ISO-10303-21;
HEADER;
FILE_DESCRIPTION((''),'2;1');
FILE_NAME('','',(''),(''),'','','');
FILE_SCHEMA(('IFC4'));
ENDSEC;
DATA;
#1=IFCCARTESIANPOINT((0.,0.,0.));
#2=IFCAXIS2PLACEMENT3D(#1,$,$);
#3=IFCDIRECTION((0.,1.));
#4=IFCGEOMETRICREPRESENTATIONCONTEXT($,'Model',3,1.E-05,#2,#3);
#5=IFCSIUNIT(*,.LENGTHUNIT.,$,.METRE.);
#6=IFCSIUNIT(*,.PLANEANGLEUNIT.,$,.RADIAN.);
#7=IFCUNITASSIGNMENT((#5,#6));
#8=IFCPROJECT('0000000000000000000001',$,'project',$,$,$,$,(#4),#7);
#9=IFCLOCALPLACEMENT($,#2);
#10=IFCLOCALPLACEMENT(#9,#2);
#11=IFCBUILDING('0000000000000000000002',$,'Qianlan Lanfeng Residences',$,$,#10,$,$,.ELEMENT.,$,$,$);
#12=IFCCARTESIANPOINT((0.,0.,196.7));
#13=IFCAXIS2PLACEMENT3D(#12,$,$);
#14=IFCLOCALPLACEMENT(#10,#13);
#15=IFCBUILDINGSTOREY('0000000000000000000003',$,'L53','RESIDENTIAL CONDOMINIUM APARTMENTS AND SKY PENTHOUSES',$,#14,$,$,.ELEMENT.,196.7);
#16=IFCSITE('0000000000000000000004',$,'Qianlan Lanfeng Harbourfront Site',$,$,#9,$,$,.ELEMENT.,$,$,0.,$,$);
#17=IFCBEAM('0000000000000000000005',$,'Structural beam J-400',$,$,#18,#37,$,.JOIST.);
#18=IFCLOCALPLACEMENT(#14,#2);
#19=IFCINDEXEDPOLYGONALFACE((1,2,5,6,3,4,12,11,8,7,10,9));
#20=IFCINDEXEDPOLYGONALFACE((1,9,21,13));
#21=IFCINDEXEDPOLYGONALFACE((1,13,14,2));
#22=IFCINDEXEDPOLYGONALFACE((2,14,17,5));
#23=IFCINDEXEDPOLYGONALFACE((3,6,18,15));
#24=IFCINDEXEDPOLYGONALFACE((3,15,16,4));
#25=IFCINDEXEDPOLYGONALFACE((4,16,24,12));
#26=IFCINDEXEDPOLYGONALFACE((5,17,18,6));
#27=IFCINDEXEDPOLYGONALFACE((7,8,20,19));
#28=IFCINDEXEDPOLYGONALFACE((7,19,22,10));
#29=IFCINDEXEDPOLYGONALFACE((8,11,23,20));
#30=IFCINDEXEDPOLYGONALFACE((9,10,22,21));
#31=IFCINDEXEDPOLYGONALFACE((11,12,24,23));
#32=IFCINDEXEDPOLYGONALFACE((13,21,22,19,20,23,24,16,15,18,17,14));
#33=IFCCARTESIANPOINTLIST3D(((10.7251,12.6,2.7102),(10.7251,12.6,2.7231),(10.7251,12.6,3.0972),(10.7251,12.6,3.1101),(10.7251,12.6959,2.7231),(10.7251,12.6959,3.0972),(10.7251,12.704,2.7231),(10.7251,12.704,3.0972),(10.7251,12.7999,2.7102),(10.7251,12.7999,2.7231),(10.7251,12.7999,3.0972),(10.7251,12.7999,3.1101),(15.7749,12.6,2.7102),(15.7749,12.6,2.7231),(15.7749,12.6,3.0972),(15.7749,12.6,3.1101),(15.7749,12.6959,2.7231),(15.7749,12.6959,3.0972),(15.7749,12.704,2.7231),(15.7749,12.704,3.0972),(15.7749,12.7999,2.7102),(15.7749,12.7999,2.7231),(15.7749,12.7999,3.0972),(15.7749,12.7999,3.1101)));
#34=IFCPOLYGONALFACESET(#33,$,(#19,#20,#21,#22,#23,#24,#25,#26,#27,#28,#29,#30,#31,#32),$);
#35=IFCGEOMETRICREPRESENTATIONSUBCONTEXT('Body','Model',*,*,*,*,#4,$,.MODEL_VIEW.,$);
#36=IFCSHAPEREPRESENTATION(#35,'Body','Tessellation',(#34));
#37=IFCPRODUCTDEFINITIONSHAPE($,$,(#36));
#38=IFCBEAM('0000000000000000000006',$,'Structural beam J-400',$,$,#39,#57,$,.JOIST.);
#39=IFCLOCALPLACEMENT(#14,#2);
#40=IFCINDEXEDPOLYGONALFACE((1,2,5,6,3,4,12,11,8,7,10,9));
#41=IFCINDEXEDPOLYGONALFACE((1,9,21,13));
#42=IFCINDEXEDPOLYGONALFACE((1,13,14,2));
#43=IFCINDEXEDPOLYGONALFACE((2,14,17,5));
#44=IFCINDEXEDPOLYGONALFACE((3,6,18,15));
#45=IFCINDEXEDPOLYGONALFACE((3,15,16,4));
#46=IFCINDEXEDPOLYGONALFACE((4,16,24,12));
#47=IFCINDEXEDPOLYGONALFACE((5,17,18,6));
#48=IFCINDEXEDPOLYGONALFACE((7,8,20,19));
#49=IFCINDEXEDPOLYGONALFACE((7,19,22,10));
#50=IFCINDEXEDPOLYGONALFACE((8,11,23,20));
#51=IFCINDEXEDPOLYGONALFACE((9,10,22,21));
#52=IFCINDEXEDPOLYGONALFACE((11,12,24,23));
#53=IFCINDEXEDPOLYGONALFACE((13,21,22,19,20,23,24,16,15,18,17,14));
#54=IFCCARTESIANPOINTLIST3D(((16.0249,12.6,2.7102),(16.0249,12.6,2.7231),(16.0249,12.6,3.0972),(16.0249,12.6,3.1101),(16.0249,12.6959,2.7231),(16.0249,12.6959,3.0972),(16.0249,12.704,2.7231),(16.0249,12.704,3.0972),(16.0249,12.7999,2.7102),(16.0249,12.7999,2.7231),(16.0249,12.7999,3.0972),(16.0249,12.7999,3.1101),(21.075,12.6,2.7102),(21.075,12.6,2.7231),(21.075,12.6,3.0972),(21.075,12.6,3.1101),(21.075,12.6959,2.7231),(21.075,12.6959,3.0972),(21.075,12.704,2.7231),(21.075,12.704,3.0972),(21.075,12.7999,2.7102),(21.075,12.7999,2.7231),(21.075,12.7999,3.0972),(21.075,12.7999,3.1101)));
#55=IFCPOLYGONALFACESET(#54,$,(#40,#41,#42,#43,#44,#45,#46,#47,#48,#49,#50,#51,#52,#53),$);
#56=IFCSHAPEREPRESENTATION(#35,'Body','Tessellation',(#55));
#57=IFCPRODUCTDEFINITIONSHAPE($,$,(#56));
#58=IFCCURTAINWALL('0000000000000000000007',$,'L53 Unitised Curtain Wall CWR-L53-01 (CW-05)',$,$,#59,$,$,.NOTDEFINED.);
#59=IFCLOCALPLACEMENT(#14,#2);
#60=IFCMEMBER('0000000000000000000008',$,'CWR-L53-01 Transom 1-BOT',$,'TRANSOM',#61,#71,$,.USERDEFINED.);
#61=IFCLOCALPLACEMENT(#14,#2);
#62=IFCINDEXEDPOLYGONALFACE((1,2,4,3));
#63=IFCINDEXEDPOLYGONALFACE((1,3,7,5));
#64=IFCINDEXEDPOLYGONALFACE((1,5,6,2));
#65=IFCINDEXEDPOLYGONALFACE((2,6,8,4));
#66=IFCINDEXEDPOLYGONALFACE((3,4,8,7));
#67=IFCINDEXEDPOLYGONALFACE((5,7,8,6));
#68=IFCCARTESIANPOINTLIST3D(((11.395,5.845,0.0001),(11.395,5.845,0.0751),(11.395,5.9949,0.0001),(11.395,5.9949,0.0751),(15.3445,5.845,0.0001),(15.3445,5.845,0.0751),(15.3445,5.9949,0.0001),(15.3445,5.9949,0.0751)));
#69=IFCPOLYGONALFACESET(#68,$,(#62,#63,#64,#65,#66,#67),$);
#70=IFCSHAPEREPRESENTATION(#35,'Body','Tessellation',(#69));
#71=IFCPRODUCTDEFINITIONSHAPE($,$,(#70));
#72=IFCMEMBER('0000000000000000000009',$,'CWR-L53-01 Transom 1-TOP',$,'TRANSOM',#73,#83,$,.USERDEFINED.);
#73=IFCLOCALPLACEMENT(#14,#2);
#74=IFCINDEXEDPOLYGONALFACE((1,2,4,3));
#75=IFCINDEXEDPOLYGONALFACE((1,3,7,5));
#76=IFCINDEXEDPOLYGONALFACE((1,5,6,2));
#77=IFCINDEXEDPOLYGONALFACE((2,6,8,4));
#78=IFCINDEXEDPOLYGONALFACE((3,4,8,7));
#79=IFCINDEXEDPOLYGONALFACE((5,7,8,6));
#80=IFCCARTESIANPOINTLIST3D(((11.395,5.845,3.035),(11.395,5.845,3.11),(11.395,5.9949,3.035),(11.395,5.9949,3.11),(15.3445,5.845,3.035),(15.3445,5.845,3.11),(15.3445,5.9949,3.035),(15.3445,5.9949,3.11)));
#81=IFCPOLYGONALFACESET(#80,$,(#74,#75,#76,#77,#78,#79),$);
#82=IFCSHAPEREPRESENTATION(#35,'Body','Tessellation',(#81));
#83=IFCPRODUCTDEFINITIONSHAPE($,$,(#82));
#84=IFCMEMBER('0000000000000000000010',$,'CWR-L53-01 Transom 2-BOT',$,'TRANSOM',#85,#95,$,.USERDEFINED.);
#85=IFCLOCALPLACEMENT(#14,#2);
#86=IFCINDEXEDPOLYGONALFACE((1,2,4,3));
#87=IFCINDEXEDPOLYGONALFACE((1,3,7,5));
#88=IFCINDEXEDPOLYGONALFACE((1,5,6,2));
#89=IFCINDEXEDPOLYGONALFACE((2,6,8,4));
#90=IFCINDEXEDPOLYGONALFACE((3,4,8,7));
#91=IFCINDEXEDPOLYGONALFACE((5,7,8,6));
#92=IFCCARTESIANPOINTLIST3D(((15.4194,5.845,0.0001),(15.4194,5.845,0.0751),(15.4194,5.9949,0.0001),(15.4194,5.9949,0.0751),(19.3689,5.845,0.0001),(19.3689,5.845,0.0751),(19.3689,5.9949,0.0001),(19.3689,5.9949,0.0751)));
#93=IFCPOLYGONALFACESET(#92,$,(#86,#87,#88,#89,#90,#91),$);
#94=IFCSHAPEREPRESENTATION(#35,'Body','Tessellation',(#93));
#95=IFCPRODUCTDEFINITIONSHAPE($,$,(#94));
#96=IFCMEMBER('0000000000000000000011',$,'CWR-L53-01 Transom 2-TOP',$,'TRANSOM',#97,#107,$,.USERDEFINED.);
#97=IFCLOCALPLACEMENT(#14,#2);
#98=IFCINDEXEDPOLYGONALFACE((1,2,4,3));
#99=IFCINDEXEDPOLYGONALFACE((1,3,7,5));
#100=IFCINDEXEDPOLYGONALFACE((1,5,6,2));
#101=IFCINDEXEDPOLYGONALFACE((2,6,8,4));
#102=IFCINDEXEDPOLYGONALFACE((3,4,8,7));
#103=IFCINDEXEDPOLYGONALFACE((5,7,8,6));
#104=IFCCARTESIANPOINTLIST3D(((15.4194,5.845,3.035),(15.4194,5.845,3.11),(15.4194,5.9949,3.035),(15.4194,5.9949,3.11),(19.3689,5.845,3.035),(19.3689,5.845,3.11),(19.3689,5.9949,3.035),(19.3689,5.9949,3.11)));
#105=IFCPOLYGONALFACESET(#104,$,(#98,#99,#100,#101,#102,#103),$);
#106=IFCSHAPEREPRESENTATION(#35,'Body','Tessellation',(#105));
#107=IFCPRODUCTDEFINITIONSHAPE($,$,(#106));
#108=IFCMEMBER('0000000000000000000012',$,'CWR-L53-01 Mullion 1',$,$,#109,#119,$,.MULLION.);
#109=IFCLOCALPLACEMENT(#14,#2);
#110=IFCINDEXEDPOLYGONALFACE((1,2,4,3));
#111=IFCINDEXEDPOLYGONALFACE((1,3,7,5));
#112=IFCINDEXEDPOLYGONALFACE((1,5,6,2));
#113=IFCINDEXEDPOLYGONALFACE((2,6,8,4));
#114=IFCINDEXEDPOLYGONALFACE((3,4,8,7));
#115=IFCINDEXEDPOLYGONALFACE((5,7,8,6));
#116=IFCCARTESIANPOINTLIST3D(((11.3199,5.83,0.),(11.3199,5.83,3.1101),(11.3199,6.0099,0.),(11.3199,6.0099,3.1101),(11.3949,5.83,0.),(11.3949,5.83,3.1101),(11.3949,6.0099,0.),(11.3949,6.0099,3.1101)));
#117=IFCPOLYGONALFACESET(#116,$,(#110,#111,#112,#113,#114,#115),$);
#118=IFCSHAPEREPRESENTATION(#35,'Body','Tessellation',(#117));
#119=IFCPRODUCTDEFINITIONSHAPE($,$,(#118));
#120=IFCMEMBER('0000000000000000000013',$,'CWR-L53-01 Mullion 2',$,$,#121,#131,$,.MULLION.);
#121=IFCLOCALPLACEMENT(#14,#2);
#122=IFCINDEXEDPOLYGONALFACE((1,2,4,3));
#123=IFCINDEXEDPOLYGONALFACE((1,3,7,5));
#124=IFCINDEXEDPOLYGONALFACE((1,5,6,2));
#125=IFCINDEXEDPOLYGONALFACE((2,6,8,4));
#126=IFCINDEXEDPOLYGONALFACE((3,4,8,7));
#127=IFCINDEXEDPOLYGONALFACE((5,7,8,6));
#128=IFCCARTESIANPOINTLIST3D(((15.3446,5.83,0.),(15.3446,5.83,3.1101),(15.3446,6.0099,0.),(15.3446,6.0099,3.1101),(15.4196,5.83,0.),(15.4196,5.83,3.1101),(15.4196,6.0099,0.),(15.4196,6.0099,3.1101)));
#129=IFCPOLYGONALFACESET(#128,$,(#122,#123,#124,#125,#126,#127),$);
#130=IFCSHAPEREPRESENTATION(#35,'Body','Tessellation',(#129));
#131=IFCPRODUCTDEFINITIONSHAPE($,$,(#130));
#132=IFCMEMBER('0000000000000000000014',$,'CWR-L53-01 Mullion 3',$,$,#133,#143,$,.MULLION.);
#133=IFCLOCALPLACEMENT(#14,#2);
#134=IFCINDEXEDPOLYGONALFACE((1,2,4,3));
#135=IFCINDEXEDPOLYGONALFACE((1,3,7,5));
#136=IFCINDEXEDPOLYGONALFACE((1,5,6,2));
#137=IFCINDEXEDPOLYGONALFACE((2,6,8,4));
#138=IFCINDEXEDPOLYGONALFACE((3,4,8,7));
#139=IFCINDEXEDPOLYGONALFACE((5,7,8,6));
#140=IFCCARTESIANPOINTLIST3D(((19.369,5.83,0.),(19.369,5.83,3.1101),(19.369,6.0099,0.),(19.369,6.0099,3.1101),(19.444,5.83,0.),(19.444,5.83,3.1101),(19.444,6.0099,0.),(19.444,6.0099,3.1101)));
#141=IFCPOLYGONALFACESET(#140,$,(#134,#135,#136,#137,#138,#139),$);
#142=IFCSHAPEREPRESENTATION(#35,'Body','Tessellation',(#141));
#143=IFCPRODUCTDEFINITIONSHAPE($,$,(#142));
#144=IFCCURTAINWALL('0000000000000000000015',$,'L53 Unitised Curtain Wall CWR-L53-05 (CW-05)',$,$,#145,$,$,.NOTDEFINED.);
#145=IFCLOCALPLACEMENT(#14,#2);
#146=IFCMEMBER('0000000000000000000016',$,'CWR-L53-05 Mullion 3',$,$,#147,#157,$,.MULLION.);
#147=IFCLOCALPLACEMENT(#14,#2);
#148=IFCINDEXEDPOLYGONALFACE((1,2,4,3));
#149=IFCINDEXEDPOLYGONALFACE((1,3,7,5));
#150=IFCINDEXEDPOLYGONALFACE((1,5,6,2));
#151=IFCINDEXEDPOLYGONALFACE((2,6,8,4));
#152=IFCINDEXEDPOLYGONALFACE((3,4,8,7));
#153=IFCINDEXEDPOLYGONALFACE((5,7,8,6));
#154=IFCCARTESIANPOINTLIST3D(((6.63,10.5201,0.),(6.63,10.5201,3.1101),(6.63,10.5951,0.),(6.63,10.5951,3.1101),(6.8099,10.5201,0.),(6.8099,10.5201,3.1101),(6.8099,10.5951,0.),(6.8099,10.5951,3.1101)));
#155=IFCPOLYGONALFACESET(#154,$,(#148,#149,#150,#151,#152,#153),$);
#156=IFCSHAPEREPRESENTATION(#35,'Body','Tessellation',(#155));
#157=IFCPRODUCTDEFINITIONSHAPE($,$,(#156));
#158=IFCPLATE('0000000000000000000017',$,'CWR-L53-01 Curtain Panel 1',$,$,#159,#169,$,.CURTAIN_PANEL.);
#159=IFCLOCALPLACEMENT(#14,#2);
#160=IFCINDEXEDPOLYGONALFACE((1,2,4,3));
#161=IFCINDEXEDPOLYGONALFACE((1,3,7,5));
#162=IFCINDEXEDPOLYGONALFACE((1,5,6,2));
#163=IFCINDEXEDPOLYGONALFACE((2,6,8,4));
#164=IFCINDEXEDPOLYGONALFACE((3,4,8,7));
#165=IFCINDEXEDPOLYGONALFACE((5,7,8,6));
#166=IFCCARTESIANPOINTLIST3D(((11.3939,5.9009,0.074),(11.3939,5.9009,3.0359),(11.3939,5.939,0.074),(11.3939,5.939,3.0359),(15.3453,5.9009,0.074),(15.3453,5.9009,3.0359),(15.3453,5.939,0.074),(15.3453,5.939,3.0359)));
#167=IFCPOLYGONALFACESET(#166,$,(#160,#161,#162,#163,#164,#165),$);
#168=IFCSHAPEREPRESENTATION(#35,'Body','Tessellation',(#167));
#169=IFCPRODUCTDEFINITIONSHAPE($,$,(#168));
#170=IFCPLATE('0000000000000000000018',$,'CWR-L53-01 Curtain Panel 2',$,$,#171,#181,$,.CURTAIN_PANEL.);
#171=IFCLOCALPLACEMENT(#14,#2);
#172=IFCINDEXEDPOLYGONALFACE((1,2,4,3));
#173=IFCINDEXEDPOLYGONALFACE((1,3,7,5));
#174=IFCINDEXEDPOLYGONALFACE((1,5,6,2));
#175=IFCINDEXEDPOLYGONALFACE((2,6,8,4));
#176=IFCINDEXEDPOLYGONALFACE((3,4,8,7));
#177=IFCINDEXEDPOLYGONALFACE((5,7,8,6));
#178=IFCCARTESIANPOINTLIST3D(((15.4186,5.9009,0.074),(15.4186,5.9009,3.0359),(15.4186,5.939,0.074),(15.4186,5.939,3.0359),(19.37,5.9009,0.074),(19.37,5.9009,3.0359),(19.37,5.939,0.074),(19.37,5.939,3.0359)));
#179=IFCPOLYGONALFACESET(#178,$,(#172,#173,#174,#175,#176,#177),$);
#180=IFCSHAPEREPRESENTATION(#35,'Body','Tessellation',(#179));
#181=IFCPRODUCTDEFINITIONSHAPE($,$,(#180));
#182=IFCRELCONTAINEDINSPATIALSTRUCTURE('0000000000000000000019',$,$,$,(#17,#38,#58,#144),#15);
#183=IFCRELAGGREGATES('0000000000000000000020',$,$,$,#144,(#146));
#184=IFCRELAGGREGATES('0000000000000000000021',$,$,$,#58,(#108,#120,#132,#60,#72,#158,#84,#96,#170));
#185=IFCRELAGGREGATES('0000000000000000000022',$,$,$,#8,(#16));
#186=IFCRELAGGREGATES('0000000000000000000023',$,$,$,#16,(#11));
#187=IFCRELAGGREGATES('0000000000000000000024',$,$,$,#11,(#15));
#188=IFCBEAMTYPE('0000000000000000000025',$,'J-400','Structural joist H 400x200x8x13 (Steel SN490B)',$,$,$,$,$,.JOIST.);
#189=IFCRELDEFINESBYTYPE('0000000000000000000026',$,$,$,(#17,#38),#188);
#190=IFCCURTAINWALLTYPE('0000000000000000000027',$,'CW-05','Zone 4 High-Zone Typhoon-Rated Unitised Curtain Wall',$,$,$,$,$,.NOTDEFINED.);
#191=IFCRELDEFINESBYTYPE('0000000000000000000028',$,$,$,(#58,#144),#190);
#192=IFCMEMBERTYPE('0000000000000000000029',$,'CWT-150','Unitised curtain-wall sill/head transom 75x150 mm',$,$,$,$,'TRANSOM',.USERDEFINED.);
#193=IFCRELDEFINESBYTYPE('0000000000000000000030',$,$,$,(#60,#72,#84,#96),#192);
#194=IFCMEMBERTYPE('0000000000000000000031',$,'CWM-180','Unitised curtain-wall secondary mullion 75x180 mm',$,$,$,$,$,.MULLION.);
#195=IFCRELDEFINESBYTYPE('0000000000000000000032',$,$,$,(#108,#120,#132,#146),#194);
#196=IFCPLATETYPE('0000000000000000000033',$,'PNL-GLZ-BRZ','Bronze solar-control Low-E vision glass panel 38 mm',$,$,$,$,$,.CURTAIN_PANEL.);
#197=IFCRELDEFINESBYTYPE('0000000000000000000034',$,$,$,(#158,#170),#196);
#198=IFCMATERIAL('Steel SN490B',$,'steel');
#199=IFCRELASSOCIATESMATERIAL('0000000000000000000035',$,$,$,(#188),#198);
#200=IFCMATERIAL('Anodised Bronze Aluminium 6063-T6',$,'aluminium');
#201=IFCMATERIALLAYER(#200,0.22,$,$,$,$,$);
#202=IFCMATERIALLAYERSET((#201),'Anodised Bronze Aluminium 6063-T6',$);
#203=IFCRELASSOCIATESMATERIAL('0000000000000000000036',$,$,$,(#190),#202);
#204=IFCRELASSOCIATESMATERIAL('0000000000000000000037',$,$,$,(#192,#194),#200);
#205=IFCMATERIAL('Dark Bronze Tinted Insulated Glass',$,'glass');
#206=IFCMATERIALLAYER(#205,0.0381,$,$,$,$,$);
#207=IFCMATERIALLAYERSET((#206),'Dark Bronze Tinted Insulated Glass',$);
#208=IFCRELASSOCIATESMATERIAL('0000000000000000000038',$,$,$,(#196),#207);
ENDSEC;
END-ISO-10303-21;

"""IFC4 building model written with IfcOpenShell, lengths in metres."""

from ifc_helpers import new_model, si_unit, direction, frame, origin, origin_2d, place, context, subcontext, project, spatial, rectangle, i_section, extrude, source, transform, mapped, material, layer, layer_set, material_profile, profile_set, type_object, element, aggregate, save


model = new_model("IFC4")

# Units and contexts
model_context = context("Model", 3, precision=1e-05, world=origin(), true_north=direction((0.0, 1.0)))
body_context = subcontext(model_context, "Body", "Model", "MODEL_VIEW")
ifc_project = project(units=[si_unit("LENGTHUNIT", "METRE"), si_unit("PLANEANGLEUNIT", "RADIAN")], contexts=[model_context])

# Site, building, storey
site_placement = place(None, origin())
site = spatial("IfcSite", under=ifc_project, at=site_placement, Name="Qianlan Lanfeng Harbourfront Site", CompositionType="ELEMENT", RefElevation=0.0)
building_placement = place(site_placement, origin())
building = spatial("IfcBuilding", under=site, at=building_placement, Name="Qianlan Lanfeng Residences", CompositionType="ELEMENT")
storey_placement = place(building_placement, frame((0.0, 0.0, 196.7)))
storey = spatial("IfcBuildingStorey", under=building, at=storey_placement, Name="L53", Description="RESIDENTIAL CONDOMINIUM APARTMENTS AND SKY PENTHOUSES", CompositionType="ELEMENT", Elevation=196.7)

# Shared definitions
ifc_material_1 = material(Name="Steel SN490B", Category="steel")

# Beams
ifc_material_profile_1 = material_profile(ifc_material_1, i_section(OverallWidth=0.2, OverallDepth=0.3999, WebThickness=0.0081, FlangeThickness=0.0129, at=origin_2d()), Name="H 400x200x8x13")
ifc_profile_set_1 = profile_set([ifc_material_profile_1], Name="Steel SN490B")
beam_type_1 = type_object("IfcBeamType", Name="J-400", Description="Structural joist H 400x200x8x13 (Steel SN490B)", PredefinedType="JOIST", material=ifc_profile_set_1)
beam_1_placement = place(storey_placement, frame((10.7251, 12.7, 2.9102), z_axis=(1.0, 0.0, 0.0), x_axis=(0.0, 1.0, 0.0)))
element("IfcBeam", 1, at=beam_1_placement, inside=storey, type_object=beam_type_1, Name="Structural beam J-400", PredefinedType="JOIST", context=body_context, shape_type="SweptSolid", body=[
    extrude(i_section(OverallWidth=0.2, OverallDepth=0.3999, WebThickness=0.0081, FlangeThickness=0.0129, at=origin_2d()), origin(), (0.0, 0.0, 1.0), 5.0498),
])
beam_2_placement = place(storey_placement, frame((16.0249, 12.7, 2.9102), z_axis=(1.0, 0.0, 0.0), x_axis=(0.0, 1.0, 0.0)))
element("IfcBeam", 2, at=beam_2_placement, inside=storey, type_object=beam_type_1, Name="Structural beam J-400", PredefinedType="JOIST", context=body_context, shape_type="SweptSolid", body=[
    extrude(i_section(OverallWidth=0.2, OverallDepth=0.3999, WebThickness=0.0081, FlangeThickness=0.0129, at=origin_2d()), origin(), (0.0, 0.0, 1.0), 5.05),
])

# Curtain wall, members
ifc_material_2 = material(Name="Anodised Bronze Aluminium 6063-T6", Category="aluminium")
ifc_layer_1 = layer(ifc_material_2, 0.22)
ifc_layer_set_1 = layer_set([ifc_layer_1], Name="Anodised Bronze Aluminium 6063-T6")
curtain_wall_type = type_object("IfcCurtainWallType", Name="CW-05", Description="Zone 4 High-Zone Typhoon-Rated Unitised Curtain Wall", PredefinedType="NOTDEFINED", material=ifc_layer_set_1)
curtain_wall_1_placement = place(storey_placement, origin())
curtain_wall_1 = element("IfcCurtainWall", 3, at=curtain_wall_1_placement, inside=storey, type_object=curtain_wall_type, Name="L53 Unitised Curtain Wall CWR-L53-01 (CW-05)", PredefinedType="NOTDEFINED")
ifc_material_profile_2 = material_profile(ifc_material_2, rectangle(XDim=0.075, YDim=0.1499, at=origin_2d()), Name="ALU TRANSOM 75x150")
ifc_profile_set_2 = profile_set([ifc_material_profile_2], Name="Anodised Bronze Aluminium 6063-T6")
member_type_1 = type_object("IfcMemberType", Name="CWT-150", Description="Unitised curtain-wall sill/head transom 75x150 mm", ElementType="TRANSOM", PredefinedType="USERDEFINED", material=ifc_profile_set_2)
shared_shape_1 = source(origin(), body_context, "Body", "SweptSolid", [
    extrude(rectangle(XDim=0.075, YDim=0.1499, at=origin_2d()), origin(), (0.0, 0.0, 1.0), 3.9495),
])
member_1_placement = place(storey_placement, frame((11.395, 5.9199, 0.0376), z_axis=(1.0, 0.0, 0.0), x_axis=(0.0, 0.0, 1.0)))
member_1 = element("IfcMember", 4, at=member_1_placement, type_object=member_type_1, Name="CWR-L53-01 Transom 1-BOT", ObjectType="TRANSOM", PredefinedType="USERDEFINED", context=body_context, shape_type="MappedRepresentation", body=[
    mapped(shared_shape_1, transform((0.0, 0.0, 0.0), scale=1.0)),
])
member_2_placement = place(storey_placement, frame((11.395, 5.9199, 3.0725), z_axis=(1.0, 0.0, 0.0), x_axis=(0.0, 0.0, 1.0)))
member_2 = element("IfcMember", 5, at=member_2_placement, type_object=member_type_1, Name="CWR-L53-01 Transom 1-TOP", ObjectType="TRANSOM", PredefinedType="USERDEFINED", context=body_context, shape_type="MappedRepresentation", body=[
    mapped(shared_shape_1, transform((0.0, 0.0, 0.0), scale=1.0)),
])
member_3_placement = place(storey_placement, frame((15.4194, 5.9199, 0.0376), z_axis=(1.0, 0.0, 0.0), x_axis=(0.0, 0.0, 1.0)))
member_3 = element("IfcMember", 6, at=member_3_placement, type_object=member_type_1, Name="CWR-L53-01 Transom 2-BOT", ObjectType="TRANSOM", PredefinedType="USERDEFINED", context=body_context, shape_type="MappedRepresentation", body=[
    mapped(shared_shape_1, transform((0.0, 0.0, 0.0), scale=1.0)),
])
member_4_placement = place(storey_placement, frame((15.4194, 5.9199, 3.0725), z_axis=(1.0, 0.0, 0.0), x_axis=(0.0, 0.0, 1.0)))
member_4 = element("IfcMember", 7, at=member_4_placement, type_object=member_type_1, Name="CWR-L53-01 Transom 2-TOP", ObjectType="TRANSOM", PredefinedType="USERDEFINED", context=body_context, shape_type="MappedRepresentation", body=[
    mapped(shared_shape_1, transform((0.0, 0.0, 0.0), scale=1.0)),
])
ifc_material_profile_3 = material_profile(ifc_material_2, rectangle(XDim=0.075, YDim=0.1799, at=origin_2d()), Name="ALU MULLION 75x180")
ifc_profile_set_3 = profile_set([ifc_material_profile_3], Name="Anodised Bronze Aluminium 6063-T6")
member_type_2 = type_object("IfcMemberType", Name="CWM-180", Description="Unitised curtain-wall secondary mullion 75x180 mm", PredefinedType="MULLION", material=ifc_profile_set_3)
shared_shape_2 = source(origin(), body_context, "Body", "SweptSolid", [
    extrude(rectangle(XDim=0.075, YDim=0.1799, at=origin_2d()), origin(), (0.0, 0.0, 1.0), 3.1101),
])
member_5_placement = place(storey_placement, frame((11.3574, 5.9199, 0.0), z_axis=(0.0, 0.0, 1.0), x_axis=(1.0, 0.0, 0.0)))
member_5 = element("IfcMember", 8, at=member_5_placement, type_object=member_type_2, Name="CWR-L53-01 Mullion 1", PredefinedType="MULLION", context=body_context, shape_type="MappedRepresentation", body=[
    mapped(shared_shape_2, transform((0.0, 0.0, 0.0), scale=1.0)),
])
member_6_placement = place(storey_placement, frame((15.3821, 5.9199, 0.0), z_axis=(0.0, 0.0, 1.0), x_axis=(1.0, 0.0, 0.0)))
member_6 = element("IfcMember", 9, at=member_6_placement, type_object=member_type_2, Name="CWR-L53-01 Mullion 2", PredefinedType="MULLION", context=body_context, shape_type="MappedRepresentation", body=[
    mapped(shared_shape_2, transform((0.0, 0.0, 0.0), scale=1.0)),
])
member_7_placement = place(storey_placement, frame((19.4065, 5.9199, 0.0), z_axis=(0.0, 0.0, 1.0), x_axis=(1.0, 0.0, 0.0)))
member_7 = element("IfcMember", 10, at=member_7_placement, type_object=member_type_2, Name="CWR-L53-01 Mullion 3", PredefinedType="MULLION", context=body_context, shape_type="MappedRepresentation", body=[
    mapped(shared_shape_2, transform((0.0, 0.0, 0.0), scale=1.0)),
])

# Curtain wall, member
curtain_wall_2_placement = place(storey_placement, origin())
curtain_wall_2 = element("IfcCurtainWall", 11, at=curtain_wall_2_placement, inside=storey, type_object=curtain_wall_type, Name="L53 Unitised Curtain Wall CWR-L53-05 (CW-05)", PredefinedType="NOTDEFINED")
member_8_placement = place(storey_placement, frame((6.72, 10.5576, 0.0), z_axis=(0.0, 0.0, 1.0), x_axis=(0.0, -1.0, 0.0)))
member_8 = element("IfcMember", 12, at=member_8_placement, type_object=member_type_2, Name="CWR-L53-05 Mullion 3", PredefinedType="MULLION", context=body_context, shape_type="MappedRepresentation", body=[
    mapped(shared_shape_2, transform((0.0, 0.0, 0.0), scale=1.0)),
])
aggregate(curtain_wall_2, [member_8])

# Plates
ifc_material_3 = material(Name="Dark Bronze Tinted Insulated Glass", Category="glass")
ifc_layer_2 = layer(ifc_material_3, 0.0381)
ifc_layer_set_2 = layer_set([ifc_layer_2], Name="Dark Bronze Tinted Insulated Glass")
plate_type = type_object("IfcPlateType", Name="PNL-GLZ-BRZ", Description="Bronze solar-control Low-E vision glass panel 38 mm", PredefinedType="CURTAIN_PANEL", material=ifc_layer_set_2)
shared_shape_3 = source(origin(), body_context, "Body", "SweptSolid", [
    extrude(rectangle(XDim=3.9514, YDim=0.0381, at=origin_2d()), origin(), (0.0, 0.0, 1.0), 2.9619),
])
plate_1_placement = place(storey_placement, frame((13.3696, 5.9199, 0.074), z_axis=(0.0, 0.0, 1.0), x_axis=(1.0, 0.0, 0.0)))
plate_1 = element("IfcPlate", 13, at=plate_1_placement, type_object=plate_type, Name="CWR-L53-01 Curtain Panel 1", PredefinedType="CURTAIN_PANEL", context=body_context, shape_type="MappedRepresentation", body=[
    mapped(shared_shape_3, transform((0.0, 0.0, 0.0), scale=1.0)),
])
plate_2_placement = place(storey_placement, frame((17.3943, 5.9199, 0.074), z_axis=(0.0, 0.0, 1.0), x_axis=(1.0, 0.0, 0.0)))
plate_2 = element("IfcPlate", 14, at=plate_2_placement, type_object=plate_type, Name="CWR-L53-01 Curtain Panel 2", PredefinedType="CURTAIN_PANEL", context=body_context, shape_type="MappedRepresentation", body=[
    mapped(shared_shape_3, transform((0.0, 0.0, 0.0), scale=1.0)),
])
aggregate(curtain_wall_1, [member_5, member_6, member_7, member_1, member_2, plate_1, member_3, member_4, plate_2])

save(model, "model.ifc")
